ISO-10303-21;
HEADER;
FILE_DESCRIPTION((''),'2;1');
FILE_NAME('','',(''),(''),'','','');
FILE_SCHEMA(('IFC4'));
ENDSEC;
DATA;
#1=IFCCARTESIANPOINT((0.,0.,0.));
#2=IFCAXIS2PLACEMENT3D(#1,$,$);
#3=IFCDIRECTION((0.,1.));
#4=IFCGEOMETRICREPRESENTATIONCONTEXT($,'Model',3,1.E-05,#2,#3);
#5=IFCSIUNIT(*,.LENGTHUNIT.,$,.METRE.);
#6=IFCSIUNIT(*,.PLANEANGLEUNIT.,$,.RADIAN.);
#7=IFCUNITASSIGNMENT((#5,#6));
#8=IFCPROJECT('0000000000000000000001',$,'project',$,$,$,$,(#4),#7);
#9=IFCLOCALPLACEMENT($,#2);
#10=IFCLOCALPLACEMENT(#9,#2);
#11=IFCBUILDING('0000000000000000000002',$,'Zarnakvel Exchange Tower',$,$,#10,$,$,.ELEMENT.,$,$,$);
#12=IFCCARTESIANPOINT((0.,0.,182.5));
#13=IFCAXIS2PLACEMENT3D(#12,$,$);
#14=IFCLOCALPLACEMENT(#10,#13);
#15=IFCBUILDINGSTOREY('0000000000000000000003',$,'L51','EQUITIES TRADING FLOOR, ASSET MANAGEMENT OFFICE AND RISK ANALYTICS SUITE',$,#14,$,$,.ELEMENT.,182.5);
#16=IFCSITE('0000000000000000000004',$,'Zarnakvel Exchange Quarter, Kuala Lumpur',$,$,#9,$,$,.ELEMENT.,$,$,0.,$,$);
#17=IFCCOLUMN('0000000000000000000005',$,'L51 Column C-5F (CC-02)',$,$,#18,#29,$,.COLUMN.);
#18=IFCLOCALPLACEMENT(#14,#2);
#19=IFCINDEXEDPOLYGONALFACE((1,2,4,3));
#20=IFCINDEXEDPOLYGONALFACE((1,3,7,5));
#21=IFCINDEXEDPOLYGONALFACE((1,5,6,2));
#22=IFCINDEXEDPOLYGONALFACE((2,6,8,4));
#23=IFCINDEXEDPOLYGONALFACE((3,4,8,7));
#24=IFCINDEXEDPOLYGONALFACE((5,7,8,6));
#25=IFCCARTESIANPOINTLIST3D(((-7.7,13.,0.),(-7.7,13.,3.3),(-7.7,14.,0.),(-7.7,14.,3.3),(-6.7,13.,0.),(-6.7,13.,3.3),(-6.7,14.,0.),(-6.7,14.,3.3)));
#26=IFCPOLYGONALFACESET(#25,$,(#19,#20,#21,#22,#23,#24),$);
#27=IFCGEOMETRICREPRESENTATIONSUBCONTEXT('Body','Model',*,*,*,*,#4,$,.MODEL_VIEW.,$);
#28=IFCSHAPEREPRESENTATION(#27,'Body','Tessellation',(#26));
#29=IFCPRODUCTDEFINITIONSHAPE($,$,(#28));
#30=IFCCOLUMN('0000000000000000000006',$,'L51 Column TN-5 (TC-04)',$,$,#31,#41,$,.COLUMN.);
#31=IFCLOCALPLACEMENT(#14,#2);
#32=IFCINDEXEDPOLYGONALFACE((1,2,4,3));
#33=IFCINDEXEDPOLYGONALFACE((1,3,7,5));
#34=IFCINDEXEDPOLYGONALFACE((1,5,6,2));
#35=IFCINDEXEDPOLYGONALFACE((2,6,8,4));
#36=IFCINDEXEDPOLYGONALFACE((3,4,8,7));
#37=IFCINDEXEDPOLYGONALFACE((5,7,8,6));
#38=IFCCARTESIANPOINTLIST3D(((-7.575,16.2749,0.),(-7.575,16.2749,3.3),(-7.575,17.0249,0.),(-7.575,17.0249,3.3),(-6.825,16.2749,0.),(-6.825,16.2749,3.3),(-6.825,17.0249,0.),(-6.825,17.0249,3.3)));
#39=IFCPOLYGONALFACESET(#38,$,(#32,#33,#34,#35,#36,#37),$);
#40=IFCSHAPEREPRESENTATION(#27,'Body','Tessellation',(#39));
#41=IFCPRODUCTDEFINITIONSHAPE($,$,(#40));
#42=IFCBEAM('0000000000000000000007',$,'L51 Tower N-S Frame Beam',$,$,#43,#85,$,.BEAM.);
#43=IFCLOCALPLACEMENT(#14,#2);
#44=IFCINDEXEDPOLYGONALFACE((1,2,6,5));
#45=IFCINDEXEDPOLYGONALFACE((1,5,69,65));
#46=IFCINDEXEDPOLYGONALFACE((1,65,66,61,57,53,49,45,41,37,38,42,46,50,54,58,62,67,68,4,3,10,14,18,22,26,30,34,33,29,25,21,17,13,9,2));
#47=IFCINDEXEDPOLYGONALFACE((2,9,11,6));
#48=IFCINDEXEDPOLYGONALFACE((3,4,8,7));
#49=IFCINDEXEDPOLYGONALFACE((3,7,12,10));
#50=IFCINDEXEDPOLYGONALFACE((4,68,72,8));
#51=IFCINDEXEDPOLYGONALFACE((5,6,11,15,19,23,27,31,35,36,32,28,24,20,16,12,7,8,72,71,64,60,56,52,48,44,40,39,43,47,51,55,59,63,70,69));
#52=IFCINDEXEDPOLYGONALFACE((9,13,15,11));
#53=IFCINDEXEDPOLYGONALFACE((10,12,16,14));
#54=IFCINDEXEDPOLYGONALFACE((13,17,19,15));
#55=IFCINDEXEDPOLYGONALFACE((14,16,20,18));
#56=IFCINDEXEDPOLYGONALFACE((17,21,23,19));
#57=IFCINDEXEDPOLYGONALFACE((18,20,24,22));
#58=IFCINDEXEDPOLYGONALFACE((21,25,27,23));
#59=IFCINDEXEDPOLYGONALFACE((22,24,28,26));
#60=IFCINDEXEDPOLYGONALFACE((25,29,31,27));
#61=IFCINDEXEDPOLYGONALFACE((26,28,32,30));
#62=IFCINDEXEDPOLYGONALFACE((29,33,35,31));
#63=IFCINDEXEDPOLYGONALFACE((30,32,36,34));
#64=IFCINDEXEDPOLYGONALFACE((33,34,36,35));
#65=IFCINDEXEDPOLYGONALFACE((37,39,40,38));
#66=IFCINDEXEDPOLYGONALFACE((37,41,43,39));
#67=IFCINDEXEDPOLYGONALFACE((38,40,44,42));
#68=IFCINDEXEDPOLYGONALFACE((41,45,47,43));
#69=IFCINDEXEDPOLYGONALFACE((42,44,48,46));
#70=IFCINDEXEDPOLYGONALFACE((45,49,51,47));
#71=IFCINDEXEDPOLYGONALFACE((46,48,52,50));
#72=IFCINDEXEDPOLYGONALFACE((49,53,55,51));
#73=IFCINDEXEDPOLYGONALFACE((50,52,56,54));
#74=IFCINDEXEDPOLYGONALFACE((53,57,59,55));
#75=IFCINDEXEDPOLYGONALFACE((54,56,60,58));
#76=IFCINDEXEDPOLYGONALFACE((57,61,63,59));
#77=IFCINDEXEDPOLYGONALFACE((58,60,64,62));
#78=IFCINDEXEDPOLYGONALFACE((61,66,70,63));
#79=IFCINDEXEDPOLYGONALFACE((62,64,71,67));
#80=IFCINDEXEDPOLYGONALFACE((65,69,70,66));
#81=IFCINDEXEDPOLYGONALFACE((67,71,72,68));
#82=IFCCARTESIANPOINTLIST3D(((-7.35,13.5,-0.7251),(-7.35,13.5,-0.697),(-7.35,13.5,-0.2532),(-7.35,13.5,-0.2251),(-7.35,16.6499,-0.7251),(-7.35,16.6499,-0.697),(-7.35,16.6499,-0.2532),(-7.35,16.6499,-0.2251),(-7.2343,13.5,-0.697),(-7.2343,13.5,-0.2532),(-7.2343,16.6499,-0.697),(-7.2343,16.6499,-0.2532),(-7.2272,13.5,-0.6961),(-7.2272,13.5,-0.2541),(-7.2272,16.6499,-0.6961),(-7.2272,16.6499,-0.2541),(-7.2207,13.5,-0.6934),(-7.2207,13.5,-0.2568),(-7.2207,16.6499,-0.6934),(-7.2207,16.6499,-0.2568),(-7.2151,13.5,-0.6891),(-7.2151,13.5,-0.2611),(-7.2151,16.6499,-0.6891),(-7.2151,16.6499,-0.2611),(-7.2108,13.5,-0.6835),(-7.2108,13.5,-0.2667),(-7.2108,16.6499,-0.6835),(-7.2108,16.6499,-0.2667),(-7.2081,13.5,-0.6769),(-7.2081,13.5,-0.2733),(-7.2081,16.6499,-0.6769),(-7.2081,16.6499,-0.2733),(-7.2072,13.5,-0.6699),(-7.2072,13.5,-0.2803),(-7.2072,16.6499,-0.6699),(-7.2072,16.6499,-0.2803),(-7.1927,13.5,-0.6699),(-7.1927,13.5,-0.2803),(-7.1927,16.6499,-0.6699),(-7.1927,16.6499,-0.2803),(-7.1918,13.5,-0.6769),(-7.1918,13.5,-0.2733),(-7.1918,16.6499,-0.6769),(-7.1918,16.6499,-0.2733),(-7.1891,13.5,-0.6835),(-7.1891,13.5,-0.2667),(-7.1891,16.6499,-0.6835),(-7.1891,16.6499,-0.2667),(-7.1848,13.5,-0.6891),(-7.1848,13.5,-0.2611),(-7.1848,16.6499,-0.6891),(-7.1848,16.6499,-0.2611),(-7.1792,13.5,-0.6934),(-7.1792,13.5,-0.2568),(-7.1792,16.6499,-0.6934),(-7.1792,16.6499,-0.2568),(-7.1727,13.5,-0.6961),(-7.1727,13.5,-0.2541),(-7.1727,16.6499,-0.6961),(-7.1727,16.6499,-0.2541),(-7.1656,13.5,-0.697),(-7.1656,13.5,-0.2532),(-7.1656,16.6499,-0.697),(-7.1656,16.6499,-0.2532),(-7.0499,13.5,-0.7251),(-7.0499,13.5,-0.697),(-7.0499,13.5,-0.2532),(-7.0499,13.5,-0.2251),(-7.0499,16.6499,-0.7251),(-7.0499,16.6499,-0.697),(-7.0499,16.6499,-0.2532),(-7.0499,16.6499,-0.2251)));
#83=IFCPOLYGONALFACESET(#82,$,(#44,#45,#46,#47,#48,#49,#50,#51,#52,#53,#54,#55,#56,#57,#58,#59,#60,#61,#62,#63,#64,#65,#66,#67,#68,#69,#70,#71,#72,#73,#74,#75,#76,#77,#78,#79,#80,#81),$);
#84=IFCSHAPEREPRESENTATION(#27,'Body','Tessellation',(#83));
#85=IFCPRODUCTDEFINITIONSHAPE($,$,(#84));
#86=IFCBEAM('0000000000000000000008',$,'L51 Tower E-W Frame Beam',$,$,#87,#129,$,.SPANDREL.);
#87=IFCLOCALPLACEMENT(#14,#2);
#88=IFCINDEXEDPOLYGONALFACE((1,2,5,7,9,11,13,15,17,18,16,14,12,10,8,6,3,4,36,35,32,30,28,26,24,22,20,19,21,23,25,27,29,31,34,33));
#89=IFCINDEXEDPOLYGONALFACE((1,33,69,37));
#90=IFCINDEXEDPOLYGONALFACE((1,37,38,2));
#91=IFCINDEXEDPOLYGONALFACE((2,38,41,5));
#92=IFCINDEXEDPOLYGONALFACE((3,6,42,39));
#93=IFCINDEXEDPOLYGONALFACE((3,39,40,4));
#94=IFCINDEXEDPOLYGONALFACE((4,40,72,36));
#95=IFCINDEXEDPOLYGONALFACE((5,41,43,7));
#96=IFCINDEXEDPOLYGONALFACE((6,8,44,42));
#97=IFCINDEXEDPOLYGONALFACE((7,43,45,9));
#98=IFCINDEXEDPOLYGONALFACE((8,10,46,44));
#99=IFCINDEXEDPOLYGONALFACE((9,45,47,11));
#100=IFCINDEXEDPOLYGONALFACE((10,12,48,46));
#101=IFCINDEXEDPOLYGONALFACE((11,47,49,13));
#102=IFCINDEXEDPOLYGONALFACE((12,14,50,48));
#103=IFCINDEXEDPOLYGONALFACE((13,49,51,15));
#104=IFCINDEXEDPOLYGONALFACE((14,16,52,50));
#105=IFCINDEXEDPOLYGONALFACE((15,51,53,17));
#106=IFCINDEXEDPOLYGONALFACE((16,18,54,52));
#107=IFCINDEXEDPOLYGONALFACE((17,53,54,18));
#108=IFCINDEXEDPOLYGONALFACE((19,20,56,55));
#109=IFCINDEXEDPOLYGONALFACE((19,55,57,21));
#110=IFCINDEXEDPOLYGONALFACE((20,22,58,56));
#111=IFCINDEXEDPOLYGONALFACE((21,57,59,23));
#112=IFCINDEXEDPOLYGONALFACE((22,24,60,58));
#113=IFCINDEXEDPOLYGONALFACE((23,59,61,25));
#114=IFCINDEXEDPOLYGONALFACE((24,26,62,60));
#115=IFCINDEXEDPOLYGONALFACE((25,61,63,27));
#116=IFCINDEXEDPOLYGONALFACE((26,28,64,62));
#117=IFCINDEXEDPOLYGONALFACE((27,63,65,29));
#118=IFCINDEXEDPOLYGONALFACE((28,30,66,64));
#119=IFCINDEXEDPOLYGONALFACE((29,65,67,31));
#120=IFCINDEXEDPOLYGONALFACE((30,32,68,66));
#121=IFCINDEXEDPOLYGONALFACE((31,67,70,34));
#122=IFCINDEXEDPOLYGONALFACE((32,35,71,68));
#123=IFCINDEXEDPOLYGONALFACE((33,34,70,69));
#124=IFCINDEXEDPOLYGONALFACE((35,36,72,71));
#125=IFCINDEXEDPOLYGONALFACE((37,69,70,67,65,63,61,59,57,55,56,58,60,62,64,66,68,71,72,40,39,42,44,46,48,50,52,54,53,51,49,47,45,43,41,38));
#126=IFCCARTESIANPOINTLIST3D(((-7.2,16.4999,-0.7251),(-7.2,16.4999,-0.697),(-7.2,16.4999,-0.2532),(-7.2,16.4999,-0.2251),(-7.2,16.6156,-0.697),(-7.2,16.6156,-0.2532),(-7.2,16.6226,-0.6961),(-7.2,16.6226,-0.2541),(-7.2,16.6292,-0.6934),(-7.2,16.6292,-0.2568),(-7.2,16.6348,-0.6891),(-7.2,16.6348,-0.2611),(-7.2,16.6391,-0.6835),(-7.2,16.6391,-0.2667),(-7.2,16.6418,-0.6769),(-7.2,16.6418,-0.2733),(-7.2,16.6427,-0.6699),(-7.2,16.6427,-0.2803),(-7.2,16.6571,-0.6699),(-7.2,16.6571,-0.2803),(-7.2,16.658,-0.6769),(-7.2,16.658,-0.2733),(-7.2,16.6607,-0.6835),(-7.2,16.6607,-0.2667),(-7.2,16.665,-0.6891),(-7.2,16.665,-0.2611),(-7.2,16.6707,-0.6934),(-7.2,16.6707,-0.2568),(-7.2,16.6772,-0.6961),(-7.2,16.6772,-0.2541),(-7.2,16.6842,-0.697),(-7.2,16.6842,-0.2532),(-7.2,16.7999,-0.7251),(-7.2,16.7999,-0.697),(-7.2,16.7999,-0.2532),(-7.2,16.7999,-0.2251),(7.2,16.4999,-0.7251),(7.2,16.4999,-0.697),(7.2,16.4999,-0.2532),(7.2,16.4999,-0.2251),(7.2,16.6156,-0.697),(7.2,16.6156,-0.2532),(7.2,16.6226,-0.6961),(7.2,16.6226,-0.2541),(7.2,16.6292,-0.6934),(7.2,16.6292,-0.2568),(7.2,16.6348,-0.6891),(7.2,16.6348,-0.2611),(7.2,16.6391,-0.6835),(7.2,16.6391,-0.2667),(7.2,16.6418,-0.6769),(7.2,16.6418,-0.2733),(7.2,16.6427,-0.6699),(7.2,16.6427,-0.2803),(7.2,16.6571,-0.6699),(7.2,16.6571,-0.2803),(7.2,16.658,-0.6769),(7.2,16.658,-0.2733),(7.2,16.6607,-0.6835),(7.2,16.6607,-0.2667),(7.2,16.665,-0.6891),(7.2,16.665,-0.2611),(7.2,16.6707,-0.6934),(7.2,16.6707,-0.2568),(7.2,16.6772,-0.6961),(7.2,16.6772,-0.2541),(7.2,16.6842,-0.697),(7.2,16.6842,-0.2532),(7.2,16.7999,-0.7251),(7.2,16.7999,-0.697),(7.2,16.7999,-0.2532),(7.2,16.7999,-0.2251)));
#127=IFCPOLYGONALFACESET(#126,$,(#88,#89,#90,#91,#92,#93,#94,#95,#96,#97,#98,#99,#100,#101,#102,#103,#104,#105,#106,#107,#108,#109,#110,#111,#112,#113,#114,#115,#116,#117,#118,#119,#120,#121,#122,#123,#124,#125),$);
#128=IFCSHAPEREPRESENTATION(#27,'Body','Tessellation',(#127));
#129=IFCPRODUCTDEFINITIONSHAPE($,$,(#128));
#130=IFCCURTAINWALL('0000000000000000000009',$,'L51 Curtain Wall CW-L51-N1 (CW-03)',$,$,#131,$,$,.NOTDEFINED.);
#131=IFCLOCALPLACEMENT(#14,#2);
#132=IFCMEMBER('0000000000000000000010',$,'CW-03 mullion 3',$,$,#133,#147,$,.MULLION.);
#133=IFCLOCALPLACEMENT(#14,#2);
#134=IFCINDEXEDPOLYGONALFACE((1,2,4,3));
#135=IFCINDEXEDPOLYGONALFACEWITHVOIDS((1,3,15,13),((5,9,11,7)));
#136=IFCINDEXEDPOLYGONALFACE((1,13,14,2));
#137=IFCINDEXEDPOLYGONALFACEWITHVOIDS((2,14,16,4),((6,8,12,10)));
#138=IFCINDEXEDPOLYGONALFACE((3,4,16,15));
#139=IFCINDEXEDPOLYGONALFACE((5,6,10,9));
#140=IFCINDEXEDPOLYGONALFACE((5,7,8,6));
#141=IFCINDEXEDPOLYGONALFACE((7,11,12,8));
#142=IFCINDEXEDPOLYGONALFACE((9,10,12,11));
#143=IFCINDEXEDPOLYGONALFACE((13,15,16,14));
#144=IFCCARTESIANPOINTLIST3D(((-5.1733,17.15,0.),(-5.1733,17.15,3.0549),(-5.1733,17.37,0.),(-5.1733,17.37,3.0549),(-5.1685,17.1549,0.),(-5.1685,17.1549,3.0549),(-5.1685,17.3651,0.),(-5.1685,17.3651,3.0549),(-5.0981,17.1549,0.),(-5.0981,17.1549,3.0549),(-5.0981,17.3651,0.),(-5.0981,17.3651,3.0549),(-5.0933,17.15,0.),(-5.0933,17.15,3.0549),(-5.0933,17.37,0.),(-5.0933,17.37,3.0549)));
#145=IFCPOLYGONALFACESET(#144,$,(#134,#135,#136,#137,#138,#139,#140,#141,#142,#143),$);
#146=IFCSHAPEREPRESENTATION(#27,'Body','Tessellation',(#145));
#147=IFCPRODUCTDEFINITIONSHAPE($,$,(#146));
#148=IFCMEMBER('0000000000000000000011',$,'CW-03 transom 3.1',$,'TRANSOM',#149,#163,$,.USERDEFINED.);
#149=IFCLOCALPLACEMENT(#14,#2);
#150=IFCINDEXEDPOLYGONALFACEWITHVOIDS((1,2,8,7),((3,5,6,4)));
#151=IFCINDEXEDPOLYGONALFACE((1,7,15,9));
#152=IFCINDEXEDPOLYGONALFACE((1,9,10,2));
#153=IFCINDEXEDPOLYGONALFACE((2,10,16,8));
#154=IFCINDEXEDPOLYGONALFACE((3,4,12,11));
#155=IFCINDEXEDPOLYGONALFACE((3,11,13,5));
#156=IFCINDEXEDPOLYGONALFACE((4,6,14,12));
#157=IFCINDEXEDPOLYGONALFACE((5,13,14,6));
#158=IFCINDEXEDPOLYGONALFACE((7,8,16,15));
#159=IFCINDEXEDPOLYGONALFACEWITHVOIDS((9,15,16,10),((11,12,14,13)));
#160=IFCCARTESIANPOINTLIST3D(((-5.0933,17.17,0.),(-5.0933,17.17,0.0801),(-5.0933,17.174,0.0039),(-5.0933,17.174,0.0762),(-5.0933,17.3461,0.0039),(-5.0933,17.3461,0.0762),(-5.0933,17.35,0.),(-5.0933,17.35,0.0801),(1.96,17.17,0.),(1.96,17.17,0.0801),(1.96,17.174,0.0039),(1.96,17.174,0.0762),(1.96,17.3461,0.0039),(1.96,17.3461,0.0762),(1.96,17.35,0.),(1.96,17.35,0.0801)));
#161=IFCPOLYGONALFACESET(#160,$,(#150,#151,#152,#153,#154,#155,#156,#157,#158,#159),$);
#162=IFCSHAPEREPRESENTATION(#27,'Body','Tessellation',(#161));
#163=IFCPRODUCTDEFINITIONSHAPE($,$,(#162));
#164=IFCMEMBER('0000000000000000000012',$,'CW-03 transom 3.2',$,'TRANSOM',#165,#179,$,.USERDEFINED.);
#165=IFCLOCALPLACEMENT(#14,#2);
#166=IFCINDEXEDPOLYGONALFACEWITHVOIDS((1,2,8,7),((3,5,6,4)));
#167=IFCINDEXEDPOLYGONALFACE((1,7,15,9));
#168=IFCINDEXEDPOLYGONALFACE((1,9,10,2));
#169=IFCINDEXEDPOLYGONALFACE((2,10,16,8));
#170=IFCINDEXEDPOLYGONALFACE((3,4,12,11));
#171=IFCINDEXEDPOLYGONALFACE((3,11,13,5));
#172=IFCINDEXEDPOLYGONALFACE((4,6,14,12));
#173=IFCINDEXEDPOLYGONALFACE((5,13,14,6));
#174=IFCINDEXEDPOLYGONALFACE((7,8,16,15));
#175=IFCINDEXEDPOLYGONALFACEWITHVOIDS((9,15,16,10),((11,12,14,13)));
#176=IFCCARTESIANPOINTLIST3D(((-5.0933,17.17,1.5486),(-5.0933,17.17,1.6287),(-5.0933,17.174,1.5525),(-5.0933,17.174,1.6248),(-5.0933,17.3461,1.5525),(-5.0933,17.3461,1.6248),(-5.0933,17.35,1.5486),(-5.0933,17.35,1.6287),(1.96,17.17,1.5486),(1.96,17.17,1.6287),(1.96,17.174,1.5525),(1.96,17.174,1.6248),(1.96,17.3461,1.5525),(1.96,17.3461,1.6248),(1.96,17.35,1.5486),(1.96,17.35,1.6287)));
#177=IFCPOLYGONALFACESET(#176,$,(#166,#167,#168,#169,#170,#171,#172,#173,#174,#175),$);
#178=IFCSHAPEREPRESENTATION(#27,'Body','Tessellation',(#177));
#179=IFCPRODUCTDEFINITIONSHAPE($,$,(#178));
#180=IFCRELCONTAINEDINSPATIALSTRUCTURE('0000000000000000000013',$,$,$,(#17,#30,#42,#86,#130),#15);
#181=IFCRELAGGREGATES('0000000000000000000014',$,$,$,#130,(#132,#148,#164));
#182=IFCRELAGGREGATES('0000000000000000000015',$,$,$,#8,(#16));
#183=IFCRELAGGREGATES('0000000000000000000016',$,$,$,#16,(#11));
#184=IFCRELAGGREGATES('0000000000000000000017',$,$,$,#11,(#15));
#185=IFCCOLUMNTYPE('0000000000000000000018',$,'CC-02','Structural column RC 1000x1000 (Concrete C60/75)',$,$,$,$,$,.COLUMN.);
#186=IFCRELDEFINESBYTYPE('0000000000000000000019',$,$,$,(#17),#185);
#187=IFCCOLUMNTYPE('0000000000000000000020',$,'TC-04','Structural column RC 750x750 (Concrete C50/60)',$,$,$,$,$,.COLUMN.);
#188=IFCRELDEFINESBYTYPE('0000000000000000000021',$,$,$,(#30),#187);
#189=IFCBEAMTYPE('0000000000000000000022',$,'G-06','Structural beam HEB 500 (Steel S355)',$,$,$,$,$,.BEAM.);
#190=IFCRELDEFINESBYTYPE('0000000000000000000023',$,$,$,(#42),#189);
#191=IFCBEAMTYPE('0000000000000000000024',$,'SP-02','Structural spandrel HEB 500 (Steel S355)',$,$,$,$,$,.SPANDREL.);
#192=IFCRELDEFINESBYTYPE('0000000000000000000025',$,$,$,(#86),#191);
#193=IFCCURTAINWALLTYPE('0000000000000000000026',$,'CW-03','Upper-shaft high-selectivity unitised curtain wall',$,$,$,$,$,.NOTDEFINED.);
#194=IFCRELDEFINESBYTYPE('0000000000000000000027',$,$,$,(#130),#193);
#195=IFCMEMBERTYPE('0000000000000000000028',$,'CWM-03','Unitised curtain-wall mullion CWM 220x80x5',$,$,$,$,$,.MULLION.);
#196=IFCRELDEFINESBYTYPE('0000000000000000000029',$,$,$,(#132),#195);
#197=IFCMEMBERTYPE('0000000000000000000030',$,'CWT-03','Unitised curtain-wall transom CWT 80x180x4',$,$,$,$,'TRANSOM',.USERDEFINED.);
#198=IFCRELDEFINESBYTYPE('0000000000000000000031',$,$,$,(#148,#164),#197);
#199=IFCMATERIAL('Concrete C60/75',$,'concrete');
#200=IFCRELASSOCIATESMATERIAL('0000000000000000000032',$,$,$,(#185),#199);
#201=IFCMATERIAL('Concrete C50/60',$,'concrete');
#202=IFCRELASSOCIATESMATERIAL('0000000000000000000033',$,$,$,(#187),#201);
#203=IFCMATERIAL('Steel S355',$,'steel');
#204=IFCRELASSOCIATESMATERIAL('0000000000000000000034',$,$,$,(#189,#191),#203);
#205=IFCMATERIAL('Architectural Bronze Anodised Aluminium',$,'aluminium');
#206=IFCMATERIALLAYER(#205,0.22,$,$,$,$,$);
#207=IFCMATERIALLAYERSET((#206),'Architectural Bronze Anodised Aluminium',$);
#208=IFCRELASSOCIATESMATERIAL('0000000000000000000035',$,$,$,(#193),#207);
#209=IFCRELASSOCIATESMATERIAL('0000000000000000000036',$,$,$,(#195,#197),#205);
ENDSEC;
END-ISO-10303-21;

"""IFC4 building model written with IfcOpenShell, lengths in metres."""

from ifc_helpers import new_model, si_unit, direction, frame, origin, origin_2d, place, context, subcontext, project, spatial, rectangle, hollow_rectangle, i_section, extrude, source, transform, mapped, material, layer, layer_set, material_profile, profile_set, type_object, element, aggregate, save


model = new_model("IFC4")

# Units and contexts
model_context = context("Model", 3, precision=1e-05, world=origin(), true_north=direction((0.0, 1.0)))
body_context = subcontext(model_context, "Body", "Model", "MODEL_VIEW")
ifc_project = project(units=[si_unit("LENGTHUNIT", "METRE"), si_unit("PLANEANGLEUNIT", "RADIAN")], contexts=[model_context])

# Site, building, storey
site_placement = place(None, origin())
site = spatial("IfcSite", under=ifc_project, at=site_placement, Name="Zarnakvel Exchange Quarter, Kuala Lumpur", CompositionType="ELEMENT", RefElevation=0.0)
building_placement = place(site_placement, origin())
building = spatial("IfcBuilding", under=site, at=building_placement, Name="Zarnakvel Exchange Tower", CompositionType="ELEMENT")
storey_placement = place(building_placement, frame((0.0, 0.0, 182.5)))
storey = spatial("IfcBuildingStorey", under=building, at=storey_placement, Name="L51", Description="EQUITIES TRADING FLOOR, ASSET MANAGEMENT OFFICE AND RISK ANALYTICS SUITE", CompositionType="ELEMENT", Elevation=182.5)

# Columns
ifc_material_1 = material(Name="Concrete C60/75", Category="concrete")
ifc_material_profile_1 = material_profile(ifc_material_1, rectangle(XDim=1.0, YDim=1.0, at=origin_2d()))
ifc_profile_set_1 = profile_set([ifc_material_profile_1], Name="Concrete C60/75")
column_type_1 = type_object("IfcColumnType", Name="CC-02", Description="Structural column RC 1000x1000 (Concrete C60/75)", PredefinedType="COLUMN", material=ifc_profile_set_1)
column_1_placement = place(storey_placement, frame((-7.2, 13.5, 0.0), z_axis=(0.0, 0.0, 1.0), x_axis=(1.0, 0.0, 0.0)))
element("IfcColumn", 1, at=column_1_placement, inside=storey, type_object=column_type_1, Name="L51 Column C-5F (CC-02)", PredefinedType="COLUMN", context=body_context, shape_type="SweptSolid", body=[
    extrude(rectangle(XDim=1.0, YDim=1.0, at=origin_2d()), origin(), (0.0, 0.0, 1.0), 3.3),
])
ifc_material_2 = material(Name="Concrete C50/60", Category="concrete")
ifc_material_profile_2 = material_profile(ifc_material_2, rectangle(XDim=0.75, YDim=0.75, at=origin_2d()))
ifc_profile_set_2 = profile_set([ifc_material_profile_2], Name="Concrete C50/60")
column_type_2 = type_object("IfcColumnType", Name="TC-04", Description="Structural column RC 750x750 (Concrete C50/60)", PredefinedType="COLUMN", material=ifc_profile_set_2)
column_2_placement = place(storey_placement, frame((-7.2, 16.6499, 0.0), z_axis=(0.0, 0.0, 1.0), x_axis=(1.0, 0.0, 0.0)))
element("IfcColumn", 2, at=column_2_placement, inside=storey, type_object=column_type_2, Name="L51 Column TN-5 (TC-04)", PredefinedType="COLUMN", context=body_context, shape_type="SweptSolid", body=[
    extrude(rectangle(XDim=0.75, YDim=0.75, at=origin_2d()), origin(), (0.0, 0.0, 1.0), 3.3),
])

# Beams
ifc_material_3 = material(Name="Steel S355", Category="steel")
ifc_material_profile_3 = material_profile(ifc_material_3, i_section(OverallWidth=0.3, OverallDepth=0.5, WebThickness=0.0144, FlangeThickness=0.0281, FilletRadius=0.0271, at=origin_2d()))
ifc_profile_set_3 = profile_set([ifc_material_profile_3], Name="Steel S355")
beam_type_1 = type_object("IfcBeamType", Name="G-06", Description="Structural beam HEB 500 (Steel S355)", PredefinedType="BEAM", material=ifc_profile_set_3)
beam_1_placement = place(storey_placement, frame((-7.2, 13.5, -0.4751), z_axis=(0.0, 1.0, 0.0), x_axis=(-1.0, 0.0, 0.0)))
element("IfcBeam", 3, at=beam_1_placement, inside=storey, type_object=beam_type_1, Name="L51 Tower N-S Frame Beam", PredefinedType="BEAM", context=body_context, shape_type="SweptSolid", body=[
    extrude(i_section(OverallWidth=0.3, OverallDepth=0.5, WebThickness=0.0144, FlangeThickness=0.0281, FilletRadius=0.0271, at=origin_2d()), origin(), (0.0, 0.0, 1.0), 3.1499),
])
ifc_material_profile_4 = material_profile(ifc_material_3, i_section(OverallWidth=0.3, OverallDepth=0.5, WebThickness=0.0144, FlangeThickness=0.0281, FilletRadius=0.0271, at=origin_2d()))
ifc_profile_set_4 = profile_set([ifc_material_profile_4], Name="Steel S355")
beam_type_2 = type_object("IfcBeamType", Name="SP-02", Description="Structural spandrel HEB 500 (Steel S355)", PredefinedType="SPANDREL", material=ifc_profile_set_4)
beam_2_placement = place(storey_placement, frame((-7.2, 16.6499, -0.4751), z_axis=(1.0, 0.0, 0.0), x_axis=(0.0, 1.0, 0.0)))
element("IfcBeam", 4, at=beam_2_placement, inside=storey, type_object=beam_type_2, Name="L51 Tower E-W Frame Beam", PredefinedType="SPANDREL", context=body_context, shape_type="SweptSolid", body=[
    extrude(i_section(OverallWidth=0.3, OverallDepth=0.5, WebThickness=0.0144, FlangeThickness=0.0281, FilletRadius=0.0271, at=origin_2d()), origin(), (0.0, 0.0, 1.0), 14.3999),
])

# Curtain wall, members
ifc_material_4 = material(Name="Architectural Bronze Anodised Aluminium", Category="aluminium")
ifc_layer_1 = layer(ifc_material_4, 0.22)
ifc_layer_set_1 = layer_set([ifc_layer_1], Name="Architectural Bronze Anodised Aluminium")
curtain_wall_type = type_object("IfcCurtainWallType", Name="CW-03", Description="Upper-shaft high-selectivity unitised curtain wall", PredefinedType="NOTDEFINED", material=ifc_layer_set_1)
curtain_wall_placement = place(storey_placement, origin())
curtain_wall = element("IfcCurtainWall", 5, at=curtain_wall_placement, inside=storey, type_object=curtain_wall_type, Name="L51 Curtain Wall CW-L51-N1 (CW-03)", PredefinedType="NOTDEFINED")
ifc_material_profile_5 = material_profile(ifc_material_4, hollow_rectangle(XDim=0.22, YDim=0.0801, WallThickness=0.0049, at=origin_2d()))
ifc_profile_set_5 = profile_set([ifc_material_profile_5], Name="Architectural Bronze Anodised Aluminium")
member_type_1 = type_object("IfcMemberType", Name="CWM-03", Description="Unitised curtain-wall mullion CWM 220x80x5", PredefinedType="MULLION", material=ifc_profile_set_5)
shared_shape_1 = source(origin(), body_context, "Body", "SweptSolid", [
    extrude(hollow_rectangle(XDim=0.22, YDim=0.0801, WallThickness=0.0049, at=origin_2d()), origin(), (0.0, 0.0, 1.0), 3.0549),
])
member_1_placement = place(storey_placement, frame((-5.1333, 17.26, 0.0), z_axis=(0.0, 0.0, 1.0), x_axis=(0.0, 1.0, 0.0)))
member_1 = element("IfcMember", 6, at=member_1_placement, type_object=member_type_1, Name="CW-03 mullion 3", PredefinedType="MULLION", context=body_context, shape_type="MappedRepresentation", body=[
    mapped(shared_shape_1, transform((0.0, 0.0, 0.0), x_axis=(1.0, 0.0, 0.0), y_axis=(0.0, 1.0, 0.0), z_axis=(0.0, 0.0, 1.0), scale=1.0)),
])
ifc_material_profile_6 = material_profile(ifc_material_4, hollow_rectangle(XDim=0.1799, YDim=0.0801, WallThickness=0.0039, at=origin_2d()))
ifc_profile_set_6 = profile_set([ifc_material_profile_6], Name="Architectural Bronze Anodised Aluminium")
member_type_2 = type_object("IfcMemberType", Name="CWT-03", Description="Unitised curtain-wall transom CWT 80x180x4", ElementType="TRANSOM", PredefinedType="USERDEFINED", material=ifc_profile_set_6)
shared_shape_2 = source(origin(), body_context, "Body", "SweptSolid", [
    extrude(hollow_rectangle(XDim=0.1799, YDim=0.0801, WallThickness=0.0039, at=origin_2d()), origin(), (0.0, 0.0, 1.0), 7.0532),
])
member_2_placement = place(storey_placement, frame((-5.0933, 17.26, 0.04), z_axis=(1.0, 0.0, 0.0), x_axis=(0.0, 1.0, 0.0)))
member_2 = element("IfcMember", 7, at=member_2_placement, type_object=member_type_2, Name="CW-03 transom 3.1", ObjectType="TRANSOM", PredefinedType="USERDEFINED", context=body_context, shape_type="MappedRepresentation", body=[
    mapped(shared_shape_2, transform((0.0, 0.0, 0.0), x_axis=(1.0, 0.0, 0.0), y_axis=(0.0, 1.0, 0.0), z_axis=(0.0, 0.0, 1.0), scale=1.0)),
])
member_3_placement = place(storey_placement, frame((-5.0933, 17.26, 1.5886), z_axis=(1.0, 0.0, 0.0), x_axis=(0.0, 1.0, 0.0)))
member_3 = element("IfcMember", 8, at=member_3_placement, type_object=member_type_2, Name="CW-03 transom 3.2", ObjectType="TRANSOM", PredefinedType="USERDEFINED", context=body_context, shape_type="MappedRepresentation", body=[
    mapped(shared_shape_2, transform((0.0, 0.0, 0.0), x_axis=(1.0, 0.0, 0.0), y_axis=(0.0, 1.0, 0.0), z_axis=(0.0, 0.0, 1.0), scale=1.0)),
])
aggregate(curtain_wall, [member_1, member_2, member_3])

save(model, "model.ifc")
